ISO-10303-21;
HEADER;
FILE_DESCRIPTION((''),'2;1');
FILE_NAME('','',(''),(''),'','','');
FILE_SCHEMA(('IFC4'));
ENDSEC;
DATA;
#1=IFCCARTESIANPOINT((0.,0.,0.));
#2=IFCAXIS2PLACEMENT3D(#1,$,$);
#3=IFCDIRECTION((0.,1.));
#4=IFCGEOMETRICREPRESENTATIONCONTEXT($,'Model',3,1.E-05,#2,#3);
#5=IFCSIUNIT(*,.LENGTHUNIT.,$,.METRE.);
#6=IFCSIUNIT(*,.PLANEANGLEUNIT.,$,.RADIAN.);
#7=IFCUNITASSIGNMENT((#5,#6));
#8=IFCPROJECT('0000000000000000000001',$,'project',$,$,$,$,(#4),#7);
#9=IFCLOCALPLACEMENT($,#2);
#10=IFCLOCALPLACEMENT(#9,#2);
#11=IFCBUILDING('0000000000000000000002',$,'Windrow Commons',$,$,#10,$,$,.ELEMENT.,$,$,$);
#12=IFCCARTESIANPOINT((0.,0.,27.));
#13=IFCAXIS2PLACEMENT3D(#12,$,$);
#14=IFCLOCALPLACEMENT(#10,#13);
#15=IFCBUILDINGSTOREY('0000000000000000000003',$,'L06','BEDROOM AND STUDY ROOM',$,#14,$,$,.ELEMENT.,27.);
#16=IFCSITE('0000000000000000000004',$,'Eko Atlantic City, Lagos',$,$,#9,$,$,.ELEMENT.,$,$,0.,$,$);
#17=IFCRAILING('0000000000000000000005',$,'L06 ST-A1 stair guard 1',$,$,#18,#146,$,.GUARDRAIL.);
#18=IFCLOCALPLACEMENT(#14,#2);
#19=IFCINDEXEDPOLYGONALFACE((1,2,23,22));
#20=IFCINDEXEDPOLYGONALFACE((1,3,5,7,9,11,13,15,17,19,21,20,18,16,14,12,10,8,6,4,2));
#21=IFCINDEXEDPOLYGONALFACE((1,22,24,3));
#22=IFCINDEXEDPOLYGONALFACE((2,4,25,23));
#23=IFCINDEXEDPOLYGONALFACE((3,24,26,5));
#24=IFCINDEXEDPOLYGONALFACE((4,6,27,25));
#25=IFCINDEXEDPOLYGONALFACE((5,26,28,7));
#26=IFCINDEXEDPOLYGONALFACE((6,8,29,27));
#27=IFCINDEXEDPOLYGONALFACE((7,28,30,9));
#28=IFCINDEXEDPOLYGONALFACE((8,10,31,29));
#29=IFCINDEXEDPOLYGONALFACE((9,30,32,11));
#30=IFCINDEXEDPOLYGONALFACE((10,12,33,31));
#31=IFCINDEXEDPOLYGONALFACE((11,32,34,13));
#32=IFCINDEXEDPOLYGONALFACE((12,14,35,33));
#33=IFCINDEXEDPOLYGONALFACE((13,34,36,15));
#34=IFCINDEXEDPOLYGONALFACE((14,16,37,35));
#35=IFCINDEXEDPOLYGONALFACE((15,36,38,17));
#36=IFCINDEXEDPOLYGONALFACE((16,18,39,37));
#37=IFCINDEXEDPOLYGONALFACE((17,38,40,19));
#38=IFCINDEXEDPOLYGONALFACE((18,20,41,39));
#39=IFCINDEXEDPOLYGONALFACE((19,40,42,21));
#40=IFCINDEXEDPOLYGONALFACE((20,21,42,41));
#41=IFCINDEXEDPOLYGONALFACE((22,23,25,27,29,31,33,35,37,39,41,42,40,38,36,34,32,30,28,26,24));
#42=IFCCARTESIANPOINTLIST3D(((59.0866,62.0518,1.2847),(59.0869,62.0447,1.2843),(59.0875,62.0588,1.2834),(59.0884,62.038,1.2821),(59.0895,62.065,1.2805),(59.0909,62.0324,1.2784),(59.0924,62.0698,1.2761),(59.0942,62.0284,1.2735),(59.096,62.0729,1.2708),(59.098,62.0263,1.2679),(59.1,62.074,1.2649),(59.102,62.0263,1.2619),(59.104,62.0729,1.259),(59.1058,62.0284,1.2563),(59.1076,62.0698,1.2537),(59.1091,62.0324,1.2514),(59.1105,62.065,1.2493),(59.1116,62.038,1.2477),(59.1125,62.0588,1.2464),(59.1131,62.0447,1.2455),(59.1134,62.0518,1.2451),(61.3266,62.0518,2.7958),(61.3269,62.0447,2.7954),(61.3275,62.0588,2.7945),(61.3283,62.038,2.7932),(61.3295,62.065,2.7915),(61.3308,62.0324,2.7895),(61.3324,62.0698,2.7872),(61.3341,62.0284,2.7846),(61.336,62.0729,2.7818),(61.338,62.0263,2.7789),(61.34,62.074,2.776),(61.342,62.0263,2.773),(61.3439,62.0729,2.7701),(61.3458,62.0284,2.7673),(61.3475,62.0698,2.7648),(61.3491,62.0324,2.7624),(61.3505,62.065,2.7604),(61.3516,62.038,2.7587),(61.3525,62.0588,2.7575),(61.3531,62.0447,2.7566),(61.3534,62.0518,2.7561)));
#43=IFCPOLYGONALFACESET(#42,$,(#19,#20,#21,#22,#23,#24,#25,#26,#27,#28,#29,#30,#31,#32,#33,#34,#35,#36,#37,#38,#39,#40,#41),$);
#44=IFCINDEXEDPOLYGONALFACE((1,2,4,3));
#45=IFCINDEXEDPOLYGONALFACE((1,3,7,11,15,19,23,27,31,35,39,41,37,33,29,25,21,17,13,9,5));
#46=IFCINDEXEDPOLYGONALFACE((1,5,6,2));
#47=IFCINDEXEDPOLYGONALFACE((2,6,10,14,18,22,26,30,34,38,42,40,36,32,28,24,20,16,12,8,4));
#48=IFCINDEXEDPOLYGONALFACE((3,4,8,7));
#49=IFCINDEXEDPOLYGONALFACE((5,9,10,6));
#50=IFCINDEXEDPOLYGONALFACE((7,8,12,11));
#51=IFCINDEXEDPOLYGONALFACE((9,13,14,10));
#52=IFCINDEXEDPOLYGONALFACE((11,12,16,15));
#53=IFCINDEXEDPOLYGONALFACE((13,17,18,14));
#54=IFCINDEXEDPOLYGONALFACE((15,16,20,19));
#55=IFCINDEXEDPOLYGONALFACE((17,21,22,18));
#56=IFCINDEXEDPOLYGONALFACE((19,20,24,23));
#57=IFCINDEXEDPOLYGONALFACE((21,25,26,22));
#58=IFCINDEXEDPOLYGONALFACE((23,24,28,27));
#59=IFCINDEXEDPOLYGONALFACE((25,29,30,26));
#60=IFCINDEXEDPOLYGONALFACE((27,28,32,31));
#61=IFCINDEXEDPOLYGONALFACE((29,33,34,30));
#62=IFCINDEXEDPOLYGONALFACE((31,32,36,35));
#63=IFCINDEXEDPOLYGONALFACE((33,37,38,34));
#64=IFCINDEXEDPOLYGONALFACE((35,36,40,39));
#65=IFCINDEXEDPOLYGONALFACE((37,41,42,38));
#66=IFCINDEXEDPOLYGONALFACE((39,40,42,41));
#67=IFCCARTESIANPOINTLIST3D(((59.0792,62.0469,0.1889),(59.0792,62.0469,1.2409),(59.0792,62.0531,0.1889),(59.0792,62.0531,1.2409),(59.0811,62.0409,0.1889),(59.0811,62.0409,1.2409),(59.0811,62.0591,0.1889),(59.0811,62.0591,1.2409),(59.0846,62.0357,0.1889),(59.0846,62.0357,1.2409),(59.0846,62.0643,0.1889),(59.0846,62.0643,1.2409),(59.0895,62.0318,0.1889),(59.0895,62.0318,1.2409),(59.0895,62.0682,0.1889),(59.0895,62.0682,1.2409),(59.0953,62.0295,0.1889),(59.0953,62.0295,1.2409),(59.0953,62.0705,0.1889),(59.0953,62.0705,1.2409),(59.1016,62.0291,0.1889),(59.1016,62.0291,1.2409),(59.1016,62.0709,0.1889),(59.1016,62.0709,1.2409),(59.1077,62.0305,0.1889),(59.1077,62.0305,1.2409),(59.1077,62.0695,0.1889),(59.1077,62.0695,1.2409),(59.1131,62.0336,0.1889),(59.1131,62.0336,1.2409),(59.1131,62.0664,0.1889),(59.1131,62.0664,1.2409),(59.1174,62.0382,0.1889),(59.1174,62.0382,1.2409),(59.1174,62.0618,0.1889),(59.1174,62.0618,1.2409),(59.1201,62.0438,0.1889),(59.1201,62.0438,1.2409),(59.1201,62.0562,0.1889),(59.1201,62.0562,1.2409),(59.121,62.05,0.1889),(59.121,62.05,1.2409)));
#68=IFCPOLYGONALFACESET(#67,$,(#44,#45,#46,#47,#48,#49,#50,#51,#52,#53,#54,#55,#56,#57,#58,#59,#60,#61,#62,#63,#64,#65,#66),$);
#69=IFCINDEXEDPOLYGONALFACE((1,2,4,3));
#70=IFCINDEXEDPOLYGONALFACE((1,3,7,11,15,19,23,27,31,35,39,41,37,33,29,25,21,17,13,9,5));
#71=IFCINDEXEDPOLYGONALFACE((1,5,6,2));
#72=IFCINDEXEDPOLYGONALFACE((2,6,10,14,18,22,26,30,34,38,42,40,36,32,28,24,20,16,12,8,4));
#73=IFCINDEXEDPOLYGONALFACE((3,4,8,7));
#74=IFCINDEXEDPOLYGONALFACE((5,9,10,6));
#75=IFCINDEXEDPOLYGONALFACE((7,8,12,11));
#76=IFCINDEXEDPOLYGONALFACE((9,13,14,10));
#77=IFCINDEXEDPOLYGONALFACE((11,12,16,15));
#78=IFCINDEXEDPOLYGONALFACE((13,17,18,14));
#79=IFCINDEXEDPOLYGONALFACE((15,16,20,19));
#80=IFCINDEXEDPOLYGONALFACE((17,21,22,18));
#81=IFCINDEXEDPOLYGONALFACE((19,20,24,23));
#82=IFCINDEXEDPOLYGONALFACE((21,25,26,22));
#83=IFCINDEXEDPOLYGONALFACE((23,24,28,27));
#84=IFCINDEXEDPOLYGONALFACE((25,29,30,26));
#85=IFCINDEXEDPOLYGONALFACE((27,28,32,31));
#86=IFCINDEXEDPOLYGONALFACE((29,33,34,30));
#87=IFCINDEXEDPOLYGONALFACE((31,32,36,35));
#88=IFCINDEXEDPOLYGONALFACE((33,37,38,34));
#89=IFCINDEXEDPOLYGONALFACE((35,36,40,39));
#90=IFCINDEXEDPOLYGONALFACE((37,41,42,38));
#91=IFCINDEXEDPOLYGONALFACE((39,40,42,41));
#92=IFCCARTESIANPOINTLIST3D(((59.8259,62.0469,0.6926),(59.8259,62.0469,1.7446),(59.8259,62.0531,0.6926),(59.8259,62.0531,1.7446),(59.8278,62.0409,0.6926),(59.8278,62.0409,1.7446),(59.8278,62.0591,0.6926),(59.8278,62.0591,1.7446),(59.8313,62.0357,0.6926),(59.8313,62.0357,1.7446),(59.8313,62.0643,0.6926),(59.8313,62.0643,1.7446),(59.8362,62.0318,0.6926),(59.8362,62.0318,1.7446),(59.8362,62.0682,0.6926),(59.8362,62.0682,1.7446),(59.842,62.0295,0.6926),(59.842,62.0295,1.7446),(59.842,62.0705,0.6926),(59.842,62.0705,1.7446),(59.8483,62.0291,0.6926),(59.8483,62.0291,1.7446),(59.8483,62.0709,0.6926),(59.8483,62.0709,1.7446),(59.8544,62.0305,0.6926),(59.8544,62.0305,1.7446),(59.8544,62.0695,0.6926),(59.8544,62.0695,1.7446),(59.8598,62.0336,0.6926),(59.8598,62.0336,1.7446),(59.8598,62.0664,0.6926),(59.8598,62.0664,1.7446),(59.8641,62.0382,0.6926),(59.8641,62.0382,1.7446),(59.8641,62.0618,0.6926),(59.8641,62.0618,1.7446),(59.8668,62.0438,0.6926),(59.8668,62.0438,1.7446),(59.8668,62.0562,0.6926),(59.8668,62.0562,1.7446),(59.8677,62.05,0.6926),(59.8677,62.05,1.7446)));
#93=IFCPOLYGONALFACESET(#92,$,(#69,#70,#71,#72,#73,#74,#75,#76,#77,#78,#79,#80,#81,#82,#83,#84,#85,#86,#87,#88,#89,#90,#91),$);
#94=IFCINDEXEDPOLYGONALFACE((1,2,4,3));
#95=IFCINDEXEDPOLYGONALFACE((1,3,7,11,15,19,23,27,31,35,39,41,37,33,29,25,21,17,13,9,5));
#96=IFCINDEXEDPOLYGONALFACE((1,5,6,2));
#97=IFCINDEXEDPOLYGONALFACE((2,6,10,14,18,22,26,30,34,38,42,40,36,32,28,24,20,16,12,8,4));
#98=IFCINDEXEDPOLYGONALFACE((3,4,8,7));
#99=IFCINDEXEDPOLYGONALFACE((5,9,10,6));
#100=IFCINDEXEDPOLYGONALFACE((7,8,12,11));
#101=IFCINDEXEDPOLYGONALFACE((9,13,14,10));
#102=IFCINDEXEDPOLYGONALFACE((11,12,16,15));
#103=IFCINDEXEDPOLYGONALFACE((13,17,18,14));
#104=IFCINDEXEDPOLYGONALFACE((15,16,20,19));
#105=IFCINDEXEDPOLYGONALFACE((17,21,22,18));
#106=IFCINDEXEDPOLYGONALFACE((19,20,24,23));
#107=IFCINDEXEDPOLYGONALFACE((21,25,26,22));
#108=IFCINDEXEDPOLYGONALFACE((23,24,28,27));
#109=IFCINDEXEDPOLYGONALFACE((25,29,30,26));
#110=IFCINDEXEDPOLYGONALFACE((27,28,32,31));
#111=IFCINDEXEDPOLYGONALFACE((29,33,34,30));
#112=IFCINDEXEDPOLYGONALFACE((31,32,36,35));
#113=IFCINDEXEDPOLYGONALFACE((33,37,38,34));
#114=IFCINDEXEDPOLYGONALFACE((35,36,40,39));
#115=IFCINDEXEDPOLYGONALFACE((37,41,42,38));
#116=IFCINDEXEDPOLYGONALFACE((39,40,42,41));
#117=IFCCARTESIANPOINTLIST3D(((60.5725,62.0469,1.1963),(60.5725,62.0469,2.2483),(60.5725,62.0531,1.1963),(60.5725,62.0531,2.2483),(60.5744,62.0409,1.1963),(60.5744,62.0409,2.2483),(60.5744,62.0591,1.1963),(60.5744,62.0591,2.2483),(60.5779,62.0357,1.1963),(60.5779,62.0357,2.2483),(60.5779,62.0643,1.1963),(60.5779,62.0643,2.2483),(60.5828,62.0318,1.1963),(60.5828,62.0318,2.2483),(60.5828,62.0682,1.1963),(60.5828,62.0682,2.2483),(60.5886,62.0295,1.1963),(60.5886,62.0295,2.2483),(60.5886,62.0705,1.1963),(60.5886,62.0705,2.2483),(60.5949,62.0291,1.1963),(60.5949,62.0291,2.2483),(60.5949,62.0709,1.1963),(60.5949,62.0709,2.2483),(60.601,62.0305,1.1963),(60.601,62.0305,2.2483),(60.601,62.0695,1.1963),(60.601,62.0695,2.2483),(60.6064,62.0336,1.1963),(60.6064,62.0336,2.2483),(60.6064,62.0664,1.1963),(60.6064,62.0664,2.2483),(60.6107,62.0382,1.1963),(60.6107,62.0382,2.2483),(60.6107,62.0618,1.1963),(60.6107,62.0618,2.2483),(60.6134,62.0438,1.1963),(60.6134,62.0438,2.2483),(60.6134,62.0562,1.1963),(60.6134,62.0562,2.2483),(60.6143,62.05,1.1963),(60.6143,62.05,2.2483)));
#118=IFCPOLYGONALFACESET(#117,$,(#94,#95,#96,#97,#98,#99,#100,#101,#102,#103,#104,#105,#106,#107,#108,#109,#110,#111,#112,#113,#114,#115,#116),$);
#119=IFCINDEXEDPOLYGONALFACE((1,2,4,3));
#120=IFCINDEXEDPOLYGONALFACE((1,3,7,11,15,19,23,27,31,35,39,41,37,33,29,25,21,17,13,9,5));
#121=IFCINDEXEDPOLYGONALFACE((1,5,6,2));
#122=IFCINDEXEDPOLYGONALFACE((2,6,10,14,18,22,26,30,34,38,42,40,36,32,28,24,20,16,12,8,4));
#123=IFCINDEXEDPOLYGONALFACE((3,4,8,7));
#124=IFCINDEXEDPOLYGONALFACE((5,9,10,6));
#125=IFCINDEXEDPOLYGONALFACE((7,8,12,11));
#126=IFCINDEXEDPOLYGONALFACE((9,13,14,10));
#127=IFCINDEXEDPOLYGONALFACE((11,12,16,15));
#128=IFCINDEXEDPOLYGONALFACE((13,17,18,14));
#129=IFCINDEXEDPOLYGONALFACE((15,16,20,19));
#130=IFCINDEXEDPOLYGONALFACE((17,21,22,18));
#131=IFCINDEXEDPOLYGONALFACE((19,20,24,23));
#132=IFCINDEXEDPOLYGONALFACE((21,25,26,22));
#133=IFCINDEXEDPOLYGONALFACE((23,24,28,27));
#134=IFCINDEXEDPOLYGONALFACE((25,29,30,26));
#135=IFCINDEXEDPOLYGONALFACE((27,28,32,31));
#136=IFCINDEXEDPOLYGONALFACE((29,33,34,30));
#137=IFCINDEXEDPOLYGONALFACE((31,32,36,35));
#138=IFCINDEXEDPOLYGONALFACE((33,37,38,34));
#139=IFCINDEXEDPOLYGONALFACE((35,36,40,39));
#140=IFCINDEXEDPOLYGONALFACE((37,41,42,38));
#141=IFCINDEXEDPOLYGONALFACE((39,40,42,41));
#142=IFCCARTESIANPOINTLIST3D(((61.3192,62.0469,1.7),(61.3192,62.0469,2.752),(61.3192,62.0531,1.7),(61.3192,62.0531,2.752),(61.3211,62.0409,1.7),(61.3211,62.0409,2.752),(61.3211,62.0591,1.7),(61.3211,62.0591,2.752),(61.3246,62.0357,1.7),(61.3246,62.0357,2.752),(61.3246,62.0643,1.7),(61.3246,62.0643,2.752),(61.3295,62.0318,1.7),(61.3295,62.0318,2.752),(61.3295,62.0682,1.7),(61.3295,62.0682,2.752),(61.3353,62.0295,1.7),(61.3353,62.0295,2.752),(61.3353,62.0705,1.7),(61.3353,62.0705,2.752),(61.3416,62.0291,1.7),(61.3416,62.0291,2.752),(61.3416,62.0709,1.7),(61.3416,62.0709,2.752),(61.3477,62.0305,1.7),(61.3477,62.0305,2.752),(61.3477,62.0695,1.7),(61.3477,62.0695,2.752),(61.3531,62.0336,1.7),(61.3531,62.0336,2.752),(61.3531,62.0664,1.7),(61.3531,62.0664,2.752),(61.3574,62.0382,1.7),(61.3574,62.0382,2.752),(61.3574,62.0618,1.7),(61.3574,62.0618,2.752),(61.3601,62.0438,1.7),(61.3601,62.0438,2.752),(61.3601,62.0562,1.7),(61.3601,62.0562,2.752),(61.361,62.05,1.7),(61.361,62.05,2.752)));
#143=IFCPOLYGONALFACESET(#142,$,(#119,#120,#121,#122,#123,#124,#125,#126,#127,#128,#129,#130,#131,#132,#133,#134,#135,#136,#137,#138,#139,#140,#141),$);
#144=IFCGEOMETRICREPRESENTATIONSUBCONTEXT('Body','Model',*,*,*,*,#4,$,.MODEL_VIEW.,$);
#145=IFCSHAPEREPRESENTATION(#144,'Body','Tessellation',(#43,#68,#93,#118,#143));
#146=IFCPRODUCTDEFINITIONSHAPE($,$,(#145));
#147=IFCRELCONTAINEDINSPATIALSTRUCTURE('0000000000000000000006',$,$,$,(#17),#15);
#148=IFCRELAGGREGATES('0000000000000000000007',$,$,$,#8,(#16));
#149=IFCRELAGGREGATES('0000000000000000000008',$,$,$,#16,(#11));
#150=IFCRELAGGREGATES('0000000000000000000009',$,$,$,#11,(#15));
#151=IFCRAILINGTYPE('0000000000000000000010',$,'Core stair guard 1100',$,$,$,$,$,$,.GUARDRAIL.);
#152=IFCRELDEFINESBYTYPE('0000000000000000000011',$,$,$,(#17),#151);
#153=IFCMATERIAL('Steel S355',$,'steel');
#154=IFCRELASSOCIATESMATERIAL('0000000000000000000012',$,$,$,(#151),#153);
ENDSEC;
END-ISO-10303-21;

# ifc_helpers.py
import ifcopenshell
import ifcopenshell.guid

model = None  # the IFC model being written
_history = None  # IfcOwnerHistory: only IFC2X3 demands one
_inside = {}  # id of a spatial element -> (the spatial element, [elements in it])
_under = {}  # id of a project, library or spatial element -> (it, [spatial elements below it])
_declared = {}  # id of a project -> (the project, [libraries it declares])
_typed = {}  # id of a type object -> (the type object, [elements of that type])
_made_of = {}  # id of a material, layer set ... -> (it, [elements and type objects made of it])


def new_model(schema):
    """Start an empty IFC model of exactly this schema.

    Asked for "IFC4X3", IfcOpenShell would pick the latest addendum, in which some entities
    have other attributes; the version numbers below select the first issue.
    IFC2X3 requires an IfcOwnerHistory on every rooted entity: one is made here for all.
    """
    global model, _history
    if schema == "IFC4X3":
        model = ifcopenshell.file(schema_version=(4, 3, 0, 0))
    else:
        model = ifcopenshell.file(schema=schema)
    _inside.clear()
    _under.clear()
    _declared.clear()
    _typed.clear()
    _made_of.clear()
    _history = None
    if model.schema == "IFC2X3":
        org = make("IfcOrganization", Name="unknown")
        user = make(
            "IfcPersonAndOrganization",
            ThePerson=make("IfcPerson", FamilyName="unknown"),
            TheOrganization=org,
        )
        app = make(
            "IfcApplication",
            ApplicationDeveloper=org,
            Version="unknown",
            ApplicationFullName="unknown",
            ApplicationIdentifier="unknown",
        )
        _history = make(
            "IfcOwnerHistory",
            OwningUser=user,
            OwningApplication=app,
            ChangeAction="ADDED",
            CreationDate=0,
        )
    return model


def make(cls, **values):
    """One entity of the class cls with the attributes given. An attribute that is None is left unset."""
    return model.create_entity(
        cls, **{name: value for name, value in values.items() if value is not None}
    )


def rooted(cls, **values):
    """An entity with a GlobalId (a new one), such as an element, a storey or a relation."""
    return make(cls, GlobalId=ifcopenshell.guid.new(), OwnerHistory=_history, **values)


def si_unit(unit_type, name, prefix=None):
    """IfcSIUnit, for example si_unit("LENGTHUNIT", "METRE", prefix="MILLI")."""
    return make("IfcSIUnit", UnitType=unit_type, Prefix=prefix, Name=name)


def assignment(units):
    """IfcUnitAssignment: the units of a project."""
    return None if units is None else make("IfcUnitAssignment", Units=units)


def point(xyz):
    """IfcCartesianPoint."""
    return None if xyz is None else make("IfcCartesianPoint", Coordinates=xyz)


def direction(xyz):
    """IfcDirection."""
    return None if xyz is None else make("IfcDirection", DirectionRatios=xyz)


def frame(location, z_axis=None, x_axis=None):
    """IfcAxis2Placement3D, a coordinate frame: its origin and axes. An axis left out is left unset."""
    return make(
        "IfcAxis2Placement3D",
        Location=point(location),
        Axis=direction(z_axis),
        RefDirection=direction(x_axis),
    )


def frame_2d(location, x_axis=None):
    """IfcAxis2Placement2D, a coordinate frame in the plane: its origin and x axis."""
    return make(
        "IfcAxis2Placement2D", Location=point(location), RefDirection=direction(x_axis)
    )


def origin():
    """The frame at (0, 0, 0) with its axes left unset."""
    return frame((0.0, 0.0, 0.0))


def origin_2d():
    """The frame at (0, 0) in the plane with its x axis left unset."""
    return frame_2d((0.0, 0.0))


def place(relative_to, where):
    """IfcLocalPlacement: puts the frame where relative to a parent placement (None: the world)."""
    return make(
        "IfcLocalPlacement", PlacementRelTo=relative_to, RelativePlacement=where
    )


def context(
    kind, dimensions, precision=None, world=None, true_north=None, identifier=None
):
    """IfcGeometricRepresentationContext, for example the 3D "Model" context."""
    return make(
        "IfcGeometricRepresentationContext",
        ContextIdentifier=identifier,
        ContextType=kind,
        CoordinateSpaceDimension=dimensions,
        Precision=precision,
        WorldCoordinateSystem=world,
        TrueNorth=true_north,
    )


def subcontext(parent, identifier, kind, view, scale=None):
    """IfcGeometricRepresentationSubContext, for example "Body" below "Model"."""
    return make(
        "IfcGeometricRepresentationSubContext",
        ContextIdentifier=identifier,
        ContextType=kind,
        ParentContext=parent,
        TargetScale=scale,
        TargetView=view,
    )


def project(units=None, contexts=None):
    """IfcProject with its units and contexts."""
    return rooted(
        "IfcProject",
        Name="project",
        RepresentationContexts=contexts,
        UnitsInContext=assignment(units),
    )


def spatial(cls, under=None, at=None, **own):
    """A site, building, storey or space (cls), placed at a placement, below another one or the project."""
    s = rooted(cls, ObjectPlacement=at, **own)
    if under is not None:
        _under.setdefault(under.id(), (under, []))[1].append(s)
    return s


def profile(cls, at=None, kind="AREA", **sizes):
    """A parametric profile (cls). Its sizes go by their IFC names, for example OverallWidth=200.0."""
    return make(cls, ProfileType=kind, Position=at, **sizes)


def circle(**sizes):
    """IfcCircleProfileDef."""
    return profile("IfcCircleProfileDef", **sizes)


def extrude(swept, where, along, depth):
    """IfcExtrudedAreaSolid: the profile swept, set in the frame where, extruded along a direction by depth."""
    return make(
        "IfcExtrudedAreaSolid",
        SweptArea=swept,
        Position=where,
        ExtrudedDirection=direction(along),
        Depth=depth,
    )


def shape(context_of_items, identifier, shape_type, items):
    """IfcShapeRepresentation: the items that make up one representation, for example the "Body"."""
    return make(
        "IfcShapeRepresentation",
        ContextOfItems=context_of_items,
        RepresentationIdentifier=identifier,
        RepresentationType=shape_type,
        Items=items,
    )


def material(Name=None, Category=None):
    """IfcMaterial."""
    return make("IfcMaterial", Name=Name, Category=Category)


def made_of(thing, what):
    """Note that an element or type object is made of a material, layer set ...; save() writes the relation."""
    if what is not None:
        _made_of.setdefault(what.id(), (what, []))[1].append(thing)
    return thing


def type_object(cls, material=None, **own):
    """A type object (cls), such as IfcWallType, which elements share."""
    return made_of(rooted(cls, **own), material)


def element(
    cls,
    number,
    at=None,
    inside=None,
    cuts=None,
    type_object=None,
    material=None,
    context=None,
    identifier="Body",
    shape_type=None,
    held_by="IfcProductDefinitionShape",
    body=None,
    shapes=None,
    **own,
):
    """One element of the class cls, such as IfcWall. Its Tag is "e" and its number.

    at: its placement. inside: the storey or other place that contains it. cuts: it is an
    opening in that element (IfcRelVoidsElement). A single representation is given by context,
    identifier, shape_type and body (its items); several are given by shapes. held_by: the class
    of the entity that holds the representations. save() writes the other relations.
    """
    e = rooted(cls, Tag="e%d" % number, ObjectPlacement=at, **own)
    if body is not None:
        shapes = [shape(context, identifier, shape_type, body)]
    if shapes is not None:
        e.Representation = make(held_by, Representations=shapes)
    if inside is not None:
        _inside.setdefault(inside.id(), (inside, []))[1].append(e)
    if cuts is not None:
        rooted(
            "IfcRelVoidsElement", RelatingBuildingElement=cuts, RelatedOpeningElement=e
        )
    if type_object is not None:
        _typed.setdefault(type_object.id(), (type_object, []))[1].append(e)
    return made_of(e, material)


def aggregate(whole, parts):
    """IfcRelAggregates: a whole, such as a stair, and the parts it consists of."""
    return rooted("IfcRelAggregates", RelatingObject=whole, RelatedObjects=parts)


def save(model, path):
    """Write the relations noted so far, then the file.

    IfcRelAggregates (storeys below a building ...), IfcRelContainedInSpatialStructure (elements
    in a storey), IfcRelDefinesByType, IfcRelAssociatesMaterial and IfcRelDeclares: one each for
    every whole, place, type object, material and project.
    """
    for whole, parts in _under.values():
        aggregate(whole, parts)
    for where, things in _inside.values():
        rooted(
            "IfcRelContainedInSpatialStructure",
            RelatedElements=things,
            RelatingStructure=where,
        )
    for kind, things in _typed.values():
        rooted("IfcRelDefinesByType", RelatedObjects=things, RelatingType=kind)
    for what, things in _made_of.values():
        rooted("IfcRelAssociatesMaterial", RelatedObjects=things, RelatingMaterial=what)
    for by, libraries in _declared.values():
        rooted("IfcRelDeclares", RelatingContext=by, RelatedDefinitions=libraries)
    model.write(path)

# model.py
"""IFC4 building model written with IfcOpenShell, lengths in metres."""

from ifc_helpers import new_model, si_unit, direction, frame, origin, origin_2d, place, context, subcontext, project, spatial, circle, extrude, material, type_object, element, save


model = new_model("IFC4")

# Units and contexts
model_context = context("Model", 3, precision=1e-05, world=origin(), true_north=direction((0.0, 1.0)))
body_context = subcontext(model_context, "Body", "Model", "MODEL_VIEW")
ifc_project = project(units=[si_unit("LENGTHUNIT", "METRE"), si_unit("PLANEANGLEUNIT", "RADIAN")], contexts=[model_context])

# Site, building, storey
site_placement = place(None, origin())
site = spatial("IfcSite", under=ifc_project, at=site_placement, Name="Eko Atlantic City, Lagos", CompositionType="ELEMENT", RefElevation=0.0)
building_placement = place(site_placement, origin())
building = spatial("IfcBuilding", under=site, at=building_placement, Name="Windrow Commons", CompositionType="ELEMENT")
storey_placement = place(building_placement, frame((0.0, 0.0, 27.0)))
storey = spatial("IfcBuildingStorey", under=building, at=storey_placement, Name="L06", Description="BEDROOM AND STUDY ROOM", CompositionType="ELEMENT", Elevation=27.0)

# Railing
ifc_material_1 = material(Name="Steel S355", Category="steel")
railing_type_1 = type_object("IfcRailingType", Name="Core stair guard 1100", PredefinedType="GUARDRAIL", material=ifc_material_1)
railing_1_placement = place(storey_placement, frame((59.1, 62.05, 0.1889)))
element("IfcRailing", 1, at=railing_1_placement, inside=storey, type_object=railing_type_1, Name="L06 ST-A1 stair guard 1", PredefinedType="GUARDRAIL", context=body_context, shape_type="SweptSolid", body=[
    extrude(circle(Radius=0.024, at=origin_2d()), frame((0.0, 0.0, 1.076), z_axis=(0.829003, 0.0, 0.559244), x_axis=(0.0, 1.0, 0.0)), (0.0, 0.0, 1.0), 2.702),
    extrude(circle(Radius=0.021, at=origin_2d()), origin(), (0.0, 0.0, 1.0), 1.052),
    extrude(circle(Radius=0.021, at=origin_2d()), frame((0.7467, 0.0, 0.5037)), (0.0, 0.0, 1.0), 1.052),
    extrude(circle(Radius=0.021, at=origin_2d()), frame((1.4933, 0.0, 1.0074)), (0.0, 0.0, 1.0), 1.052),
    extrude(circle(Radius=0.021, at=origin_2d()), frame((2.24, 0.0, 1.5111)), (0.0, 0.0, 1.0), 1.052),
])

save(model, "model.ifc")
